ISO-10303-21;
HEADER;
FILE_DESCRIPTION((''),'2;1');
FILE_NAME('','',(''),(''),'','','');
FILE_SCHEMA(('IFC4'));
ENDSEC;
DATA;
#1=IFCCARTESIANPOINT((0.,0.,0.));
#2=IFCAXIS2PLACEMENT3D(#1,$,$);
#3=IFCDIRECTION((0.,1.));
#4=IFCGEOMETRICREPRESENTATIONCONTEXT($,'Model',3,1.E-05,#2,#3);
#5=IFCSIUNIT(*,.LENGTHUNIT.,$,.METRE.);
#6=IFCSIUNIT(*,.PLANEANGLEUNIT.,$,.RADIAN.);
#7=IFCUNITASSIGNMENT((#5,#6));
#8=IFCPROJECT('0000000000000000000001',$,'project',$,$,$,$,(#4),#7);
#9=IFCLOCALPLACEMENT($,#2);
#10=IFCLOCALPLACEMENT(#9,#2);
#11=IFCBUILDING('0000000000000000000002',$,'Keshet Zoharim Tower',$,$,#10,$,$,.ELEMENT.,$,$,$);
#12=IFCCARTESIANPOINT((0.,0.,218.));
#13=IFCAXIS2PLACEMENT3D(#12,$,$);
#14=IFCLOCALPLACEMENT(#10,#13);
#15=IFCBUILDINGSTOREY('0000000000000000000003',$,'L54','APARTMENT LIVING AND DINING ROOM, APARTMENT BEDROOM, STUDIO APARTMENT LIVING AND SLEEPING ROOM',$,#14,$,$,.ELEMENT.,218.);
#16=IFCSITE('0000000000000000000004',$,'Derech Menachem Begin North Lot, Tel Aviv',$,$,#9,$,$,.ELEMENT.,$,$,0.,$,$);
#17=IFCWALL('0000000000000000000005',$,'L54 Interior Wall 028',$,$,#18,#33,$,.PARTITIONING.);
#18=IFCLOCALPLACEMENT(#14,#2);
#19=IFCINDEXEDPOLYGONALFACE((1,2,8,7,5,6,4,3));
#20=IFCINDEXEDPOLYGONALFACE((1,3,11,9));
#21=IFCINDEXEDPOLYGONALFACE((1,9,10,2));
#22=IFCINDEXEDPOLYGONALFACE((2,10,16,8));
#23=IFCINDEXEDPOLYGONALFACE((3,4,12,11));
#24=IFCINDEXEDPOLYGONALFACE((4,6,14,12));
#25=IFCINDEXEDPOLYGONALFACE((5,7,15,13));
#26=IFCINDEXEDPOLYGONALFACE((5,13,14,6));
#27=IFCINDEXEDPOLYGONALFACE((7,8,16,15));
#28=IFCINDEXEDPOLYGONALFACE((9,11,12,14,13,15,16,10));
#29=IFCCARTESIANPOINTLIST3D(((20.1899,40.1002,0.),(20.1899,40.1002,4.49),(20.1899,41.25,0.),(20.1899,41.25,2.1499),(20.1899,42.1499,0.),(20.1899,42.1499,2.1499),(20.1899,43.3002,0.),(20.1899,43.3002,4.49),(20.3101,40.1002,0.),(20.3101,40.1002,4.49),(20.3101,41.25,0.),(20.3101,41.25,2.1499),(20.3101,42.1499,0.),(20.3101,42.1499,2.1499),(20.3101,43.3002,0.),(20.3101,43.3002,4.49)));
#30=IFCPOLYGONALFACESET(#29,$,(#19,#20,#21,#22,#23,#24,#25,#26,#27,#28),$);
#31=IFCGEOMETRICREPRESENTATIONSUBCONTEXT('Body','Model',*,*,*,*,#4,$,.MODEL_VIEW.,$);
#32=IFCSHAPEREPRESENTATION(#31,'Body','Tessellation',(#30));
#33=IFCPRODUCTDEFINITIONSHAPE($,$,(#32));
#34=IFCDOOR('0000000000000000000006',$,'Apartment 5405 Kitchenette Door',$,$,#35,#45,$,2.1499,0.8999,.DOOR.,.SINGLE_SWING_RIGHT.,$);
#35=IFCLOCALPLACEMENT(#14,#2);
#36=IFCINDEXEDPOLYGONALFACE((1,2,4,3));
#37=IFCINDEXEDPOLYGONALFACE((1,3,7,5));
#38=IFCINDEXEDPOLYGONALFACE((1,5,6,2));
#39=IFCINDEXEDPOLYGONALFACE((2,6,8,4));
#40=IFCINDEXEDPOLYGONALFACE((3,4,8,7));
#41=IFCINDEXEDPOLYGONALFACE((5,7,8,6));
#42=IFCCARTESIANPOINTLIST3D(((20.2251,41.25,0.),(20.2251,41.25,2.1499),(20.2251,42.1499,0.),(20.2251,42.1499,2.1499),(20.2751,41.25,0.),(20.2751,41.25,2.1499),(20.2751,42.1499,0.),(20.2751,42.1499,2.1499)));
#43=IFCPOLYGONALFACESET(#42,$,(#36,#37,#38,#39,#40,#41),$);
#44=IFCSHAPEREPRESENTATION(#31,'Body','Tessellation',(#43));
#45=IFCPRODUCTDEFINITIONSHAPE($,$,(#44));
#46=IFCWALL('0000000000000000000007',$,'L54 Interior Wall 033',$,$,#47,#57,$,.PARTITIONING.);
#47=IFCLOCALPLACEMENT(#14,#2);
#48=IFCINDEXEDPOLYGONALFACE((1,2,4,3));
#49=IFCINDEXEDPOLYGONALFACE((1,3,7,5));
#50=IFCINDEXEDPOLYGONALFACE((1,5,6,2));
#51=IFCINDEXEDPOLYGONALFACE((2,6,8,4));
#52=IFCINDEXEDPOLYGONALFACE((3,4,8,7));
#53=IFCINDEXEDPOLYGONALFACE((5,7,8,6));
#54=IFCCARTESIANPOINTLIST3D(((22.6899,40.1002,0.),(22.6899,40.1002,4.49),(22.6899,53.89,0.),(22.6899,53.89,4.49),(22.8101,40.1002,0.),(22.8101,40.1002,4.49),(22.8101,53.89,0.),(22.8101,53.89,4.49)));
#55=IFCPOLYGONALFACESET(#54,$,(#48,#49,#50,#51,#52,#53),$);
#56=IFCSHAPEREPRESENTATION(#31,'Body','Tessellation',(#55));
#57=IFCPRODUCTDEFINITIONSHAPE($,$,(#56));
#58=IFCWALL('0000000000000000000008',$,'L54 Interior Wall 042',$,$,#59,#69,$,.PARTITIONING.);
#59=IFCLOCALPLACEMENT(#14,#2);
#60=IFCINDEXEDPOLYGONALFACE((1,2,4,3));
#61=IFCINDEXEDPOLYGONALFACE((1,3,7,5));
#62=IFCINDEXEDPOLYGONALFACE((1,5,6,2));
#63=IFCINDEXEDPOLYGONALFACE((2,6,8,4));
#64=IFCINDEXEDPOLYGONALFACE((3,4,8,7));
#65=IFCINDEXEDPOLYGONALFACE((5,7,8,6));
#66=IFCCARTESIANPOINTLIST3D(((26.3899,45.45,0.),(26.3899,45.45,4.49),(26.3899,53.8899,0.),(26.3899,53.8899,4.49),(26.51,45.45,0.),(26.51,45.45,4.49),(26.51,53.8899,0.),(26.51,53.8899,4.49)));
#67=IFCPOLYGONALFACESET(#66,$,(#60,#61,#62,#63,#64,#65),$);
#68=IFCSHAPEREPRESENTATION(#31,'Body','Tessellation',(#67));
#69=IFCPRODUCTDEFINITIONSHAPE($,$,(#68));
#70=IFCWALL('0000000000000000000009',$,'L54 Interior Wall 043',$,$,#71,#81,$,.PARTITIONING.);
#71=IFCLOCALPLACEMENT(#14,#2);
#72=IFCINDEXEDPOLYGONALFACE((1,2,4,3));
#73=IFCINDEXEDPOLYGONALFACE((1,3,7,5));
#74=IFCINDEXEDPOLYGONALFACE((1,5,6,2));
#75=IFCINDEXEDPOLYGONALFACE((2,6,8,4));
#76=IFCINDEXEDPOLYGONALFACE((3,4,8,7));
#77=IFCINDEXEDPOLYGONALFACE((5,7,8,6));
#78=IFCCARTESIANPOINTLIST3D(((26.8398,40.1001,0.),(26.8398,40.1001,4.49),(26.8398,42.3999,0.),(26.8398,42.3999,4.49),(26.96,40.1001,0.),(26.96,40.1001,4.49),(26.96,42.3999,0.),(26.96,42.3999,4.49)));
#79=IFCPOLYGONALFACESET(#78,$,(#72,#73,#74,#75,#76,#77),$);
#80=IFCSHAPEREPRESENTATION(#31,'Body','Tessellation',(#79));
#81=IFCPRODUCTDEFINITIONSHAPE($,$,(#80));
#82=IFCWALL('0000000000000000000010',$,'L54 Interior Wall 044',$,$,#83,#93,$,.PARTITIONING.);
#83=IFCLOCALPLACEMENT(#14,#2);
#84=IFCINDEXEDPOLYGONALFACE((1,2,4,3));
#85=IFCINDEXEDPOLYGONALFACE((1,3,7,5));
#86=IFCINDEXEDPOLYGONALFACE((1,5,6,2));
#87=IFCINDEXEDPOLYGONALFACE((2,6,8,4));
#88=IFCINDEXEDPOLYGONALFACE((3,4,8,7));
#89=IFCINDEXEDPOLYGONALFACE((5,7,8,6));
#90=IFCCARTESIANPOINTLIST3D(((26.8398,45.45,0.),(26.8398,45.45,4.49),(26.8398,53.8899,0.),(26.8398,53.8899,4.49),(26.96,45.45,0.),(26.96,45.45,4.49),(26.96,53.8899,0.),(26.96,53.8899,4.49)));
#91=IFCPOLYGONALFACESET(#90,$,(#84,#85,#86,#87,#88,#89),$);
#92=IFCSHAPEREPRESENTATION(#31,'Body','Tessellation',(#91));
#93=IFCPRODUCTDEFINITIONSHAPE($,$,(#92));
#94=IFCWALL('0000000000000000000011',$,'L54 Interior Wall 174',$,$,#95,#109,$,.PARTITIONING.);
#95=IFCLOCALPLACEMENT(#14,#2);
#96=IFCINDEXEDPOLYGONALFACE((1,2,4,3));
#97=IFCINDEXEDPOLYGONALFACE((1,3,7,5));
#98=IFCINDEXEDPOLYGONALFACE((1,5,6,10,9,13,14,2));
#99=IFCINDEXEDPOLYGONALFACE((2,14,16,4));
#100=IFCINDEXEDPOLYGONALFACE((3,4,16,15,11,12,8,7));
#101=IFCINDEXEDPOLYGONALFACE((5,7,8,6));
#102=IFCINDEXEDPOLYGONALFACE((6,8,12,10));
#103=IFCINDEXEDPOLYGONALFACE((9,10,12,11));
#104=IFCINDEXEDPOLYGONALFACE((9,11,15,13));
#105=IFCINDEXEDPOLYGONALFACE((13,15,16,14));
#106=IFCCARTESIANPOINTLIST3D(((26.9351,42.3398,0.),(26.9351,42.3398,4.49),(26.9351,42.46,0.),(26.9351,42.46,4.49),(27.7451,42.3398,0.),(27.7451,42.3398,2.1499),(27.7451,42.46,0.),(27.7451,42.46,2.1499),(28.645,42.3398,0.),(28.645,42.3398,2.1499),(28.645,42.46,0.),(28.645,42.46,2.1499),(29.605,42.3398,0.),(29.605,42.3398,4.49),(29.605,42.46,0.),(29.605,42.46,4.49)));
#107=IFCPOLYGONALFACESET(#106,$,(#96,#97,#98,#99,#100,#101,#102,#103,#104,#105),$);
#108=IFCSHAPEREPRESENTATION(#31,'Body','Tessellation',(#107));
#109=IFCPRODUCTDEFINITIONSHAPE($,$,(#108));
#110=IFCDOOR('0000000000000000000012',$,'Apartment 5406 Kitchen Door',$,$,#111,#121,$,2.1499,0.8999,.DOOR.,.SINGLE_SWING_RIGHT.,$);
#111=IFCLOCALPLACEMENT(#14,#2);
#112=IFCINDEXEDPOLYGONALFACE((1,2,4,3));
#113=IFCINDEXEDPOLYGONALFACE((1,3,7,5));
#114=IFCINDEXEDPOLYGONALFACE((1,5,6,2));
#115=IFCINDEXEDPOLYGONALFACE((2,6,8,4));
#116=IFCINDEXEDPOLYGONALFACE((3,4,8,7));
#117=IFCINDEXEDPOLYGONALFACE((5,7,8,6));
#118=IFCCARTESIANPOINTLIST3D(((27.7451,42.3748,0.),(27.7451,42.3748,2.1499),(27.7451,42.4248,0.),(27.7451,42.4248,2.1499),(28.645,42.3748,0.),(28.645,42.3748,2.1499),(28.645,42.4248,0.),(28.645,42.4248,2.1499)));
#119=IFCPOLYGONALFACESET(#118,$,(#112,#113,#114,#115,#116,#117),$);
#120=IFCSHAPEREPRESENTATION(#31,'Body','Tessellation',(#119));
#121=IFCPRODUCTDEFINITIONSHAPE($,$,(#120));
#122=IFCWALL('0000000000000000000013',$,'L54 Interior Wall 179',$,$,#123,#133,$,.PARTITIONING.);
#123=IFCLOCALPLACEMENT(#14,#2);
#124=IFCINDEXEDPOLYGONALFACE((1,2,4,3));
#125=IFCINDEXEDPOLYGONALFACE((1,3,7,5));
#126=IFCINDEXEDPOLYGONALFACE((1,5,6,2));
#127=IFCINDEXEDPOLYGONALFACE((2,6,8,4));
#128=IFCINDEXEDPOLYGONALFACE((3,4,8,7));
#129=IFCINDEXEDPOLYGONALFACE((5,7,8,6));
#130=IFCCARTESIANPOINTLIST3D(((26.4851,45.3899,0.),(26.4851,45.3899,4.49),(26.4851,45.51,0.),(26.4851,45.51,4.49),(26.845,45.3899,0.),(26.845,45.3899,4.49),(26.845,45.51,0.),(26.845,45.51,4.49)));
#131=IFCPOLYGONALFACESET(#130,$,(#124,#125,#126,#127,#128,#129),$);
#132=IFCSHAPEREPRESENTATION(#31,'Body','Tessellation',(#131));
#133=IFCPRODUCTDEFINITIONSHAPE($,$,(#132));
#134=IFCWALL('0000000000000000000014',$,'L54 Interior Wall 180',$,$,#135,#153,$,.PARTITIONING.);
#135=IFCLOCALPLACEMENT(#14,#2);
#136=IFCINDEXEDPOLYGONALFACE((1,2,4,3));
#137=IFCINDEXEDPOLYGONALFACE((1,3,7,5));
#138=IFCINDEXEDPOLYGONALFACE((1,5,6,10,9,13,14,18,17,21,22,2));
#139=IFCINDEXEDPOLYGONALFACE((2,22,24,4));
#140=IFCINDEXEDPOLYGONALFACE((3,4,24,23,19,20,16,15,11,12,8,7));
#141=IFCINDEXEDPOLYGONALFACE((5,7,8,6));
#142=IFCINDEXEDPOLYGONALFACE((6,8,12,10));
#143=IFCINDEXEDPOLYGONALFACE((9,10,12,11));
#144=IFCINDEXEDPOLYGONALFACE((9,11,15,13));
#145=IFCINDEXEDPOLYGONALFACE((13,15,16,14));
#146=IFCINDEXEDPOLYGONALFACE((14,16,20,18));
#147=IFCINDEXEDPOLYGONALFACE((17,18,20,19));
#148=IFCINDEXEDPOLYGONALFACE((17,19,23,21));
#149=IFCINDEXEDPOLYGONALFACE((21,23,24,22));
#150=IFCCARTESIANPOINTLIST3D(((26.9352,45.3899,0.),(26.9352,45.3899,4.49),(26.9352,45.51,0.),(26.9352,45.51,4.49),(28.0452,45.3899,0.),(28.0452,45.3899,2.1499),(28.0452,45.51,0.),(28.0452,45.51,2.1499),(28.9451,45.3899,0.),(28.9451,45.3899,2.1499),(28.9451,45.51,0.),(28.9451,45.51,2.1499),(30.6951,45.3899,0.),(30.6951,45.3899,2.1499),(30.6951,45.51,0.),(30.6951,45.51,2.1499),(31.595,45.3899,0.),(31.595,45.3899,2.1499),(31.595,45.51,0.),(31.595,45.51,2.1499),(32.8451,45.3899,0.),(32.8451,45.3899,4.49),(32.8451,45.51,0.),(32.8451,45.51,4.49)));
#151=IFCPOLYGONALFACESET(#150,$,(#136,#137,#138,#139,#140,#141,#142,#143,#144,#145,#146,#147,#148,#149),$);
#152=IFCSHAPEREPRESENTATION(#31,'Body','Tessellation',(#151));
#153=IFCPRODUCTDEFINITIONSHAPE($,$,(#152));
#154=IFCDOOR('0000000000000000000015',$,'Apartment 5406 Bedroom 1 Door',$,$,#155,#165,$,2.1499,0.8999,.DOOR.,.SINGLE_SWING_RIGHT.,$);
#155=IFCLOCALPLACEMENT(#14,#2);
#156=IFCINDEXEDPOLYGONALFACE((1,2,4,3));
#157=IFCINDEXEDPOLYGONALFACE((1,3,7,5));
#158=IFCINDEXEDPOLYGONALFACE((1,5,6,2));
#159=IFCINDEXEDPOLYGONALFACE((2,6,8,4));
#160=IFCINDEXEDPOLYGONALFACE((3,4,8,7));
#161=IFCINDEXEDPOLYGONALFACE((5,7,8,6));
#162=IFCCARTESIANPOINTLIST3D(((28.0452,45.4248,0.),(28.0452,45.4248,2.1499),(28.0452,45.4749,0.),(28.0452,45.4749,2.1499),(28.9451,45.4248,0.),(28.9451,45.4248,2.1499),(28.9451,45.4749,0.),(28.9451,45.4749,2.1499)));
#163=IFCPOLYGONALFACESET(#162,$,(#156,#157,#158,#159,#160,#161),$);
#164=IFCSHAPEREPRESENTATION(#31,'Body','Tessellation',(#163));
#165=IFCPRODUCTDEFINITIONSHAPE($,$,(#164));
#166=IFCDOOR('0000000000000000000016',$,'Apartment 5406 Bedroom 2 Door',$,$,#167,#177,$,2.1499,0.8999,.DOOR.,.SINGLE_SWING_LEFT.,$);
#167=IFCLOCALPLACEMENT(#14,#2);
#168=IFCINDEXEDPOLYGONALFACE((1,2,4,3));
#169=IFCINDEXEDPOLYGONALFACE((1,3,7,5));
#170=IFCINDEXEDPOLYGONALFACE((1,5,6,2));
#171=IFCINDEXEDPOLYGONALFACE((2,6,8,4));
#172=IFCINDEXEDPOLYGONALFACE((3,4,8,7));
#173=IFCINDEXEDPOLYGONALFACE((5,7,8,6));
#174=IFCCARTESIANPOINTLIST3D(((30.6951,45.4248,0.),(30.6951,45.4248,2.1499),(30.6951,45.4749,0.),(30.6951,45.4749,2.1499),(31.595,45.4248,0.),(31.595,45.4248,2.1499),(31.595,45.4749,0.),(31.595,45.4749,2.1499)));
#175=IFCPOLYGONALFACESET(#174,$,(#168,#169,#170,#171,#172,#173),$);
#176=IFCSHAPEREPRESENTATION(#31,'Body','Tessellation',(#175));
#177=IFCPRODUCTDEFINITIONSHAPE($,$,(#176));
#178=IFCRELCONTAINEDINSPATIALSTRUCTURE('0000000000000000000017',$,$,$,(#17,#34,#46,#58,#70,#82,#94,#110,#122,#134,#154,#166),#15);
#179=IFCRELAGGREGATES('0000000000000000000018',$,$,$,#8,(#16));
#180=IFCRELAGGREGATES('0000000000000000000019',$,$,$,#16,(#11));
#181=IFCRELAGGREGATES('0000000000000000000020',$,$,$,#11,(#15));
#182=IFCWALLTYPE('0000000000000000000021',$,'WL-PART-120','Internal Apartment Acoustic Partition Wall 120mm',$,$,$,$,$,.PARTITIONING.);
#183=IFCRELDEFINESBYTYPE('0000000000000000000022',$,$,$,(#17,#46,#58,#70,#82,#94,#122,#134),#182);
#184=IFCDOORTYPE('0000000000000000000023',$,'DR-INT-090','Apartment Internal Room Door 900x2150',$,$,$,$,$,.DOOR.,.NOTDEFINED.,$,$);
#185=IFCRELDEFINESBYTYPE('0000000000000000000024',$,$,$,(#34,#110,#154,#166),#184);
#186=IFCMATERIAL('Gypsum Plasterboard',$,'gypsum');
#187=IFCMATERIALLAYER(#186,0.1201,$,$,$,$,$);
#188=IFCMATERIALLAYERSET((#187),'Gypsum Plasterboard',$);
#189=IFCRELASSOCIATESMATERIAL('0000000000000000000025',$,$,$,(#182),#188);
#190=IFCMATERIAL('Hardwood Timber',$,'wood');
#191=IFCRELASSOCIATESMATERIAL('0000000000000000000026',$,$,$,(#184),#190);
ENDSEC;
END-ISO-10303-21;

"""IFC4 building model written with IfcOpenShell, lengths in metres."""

from ifc_helpers import new_model, si_unit, direction, frame, frame_2d, origin, place, context, subcontext, project, spatial, rectangle, extrude, material, layer, layer_set, type_object, element, fill, save


model = new_model("IFC4")

# Units and contexts
model_context = context("Model", 3, precision=1e-05, world=origin(), true_north=direction((0.0, 1.0)))
body_context = subcontext(model_context, "Body", "Model", "MODEL_VIEW")
ifc_project = project(units=[si_unit("LENGTHUNIT", "METRE"), si_unit("PLANEANGLEUNIT", "RADIAN")], contexts=[model_context])

# Site, building, storey
site_placement = place(None, origin())
site = spatial("IfcSite", under=ifc_project, at=site_placement, Name="Derech Menachem Begin North Lot, Tel Aviv", CompositionType="ELEMENT", RefElevation=0.0)
building_placement = place(site_placement, origin())
building = spatial("IfcBuilding", under=site, at=building_placement, Name="Keshet Zoharim Tower", CompositionType="ELEMENT")
storey_placement = place(building_placement, frame((0.0, 0.0, 218.0)))
storey = spatial("IfcBuildingStorey", under=building, at=storey_placement, Name="L54", Description="APARTMENT LIVING AND DINING ROOM, APARTMENT BEDROOM, STUDIO APARTMENT LIVING AND SLEEPING ROOM", CompositionType="ELEMENT", Elevation=218.0)

# Shared definitions
ifc_material_1 = material(Name="Gypsum Plasterboard", Category="gypsum")

# Shared definitions
ifc_material_2 = material(Name="Hardwood Timber", Category="wood")

# Wall, opening, door
ifc_layer_1 = layer(ifc_material_1, 0.1201)
ifc_layer_set_1 = layer_set([ifc_layer_1], Name="Gypsum Plasterboard")
wall_type_1 = type_object("IfcWallType", Name="WL-PART-120", Description="Internal Apartment Acoustic Partition Wall 120mm", PredefinedType="PARTITIONING", material=ifc_layer_set_1)
wall_1_placement = place(storey_placement, frame((20.25, 40.1001, 0.0), z_axis=(0.0, 0.0, 1.0), x_axis=(0.0, 1.0, 0.0)))
wall_1 = element("IfcWall", 1, at=wall_1_placement, inside=storey, type_object=wall_type_1, Name="L54 Interior Wall 028", PredefinedType="PARTITIONING", context=body_context, shape_type="SweptSolid", body=[
    extrude(rectangle(XDim=3.2, YDim=0.1201, at=frame_2d((1.6001, 0.0))), origin(), (0.0, 0.0, 1.0), 4.49),
])
opening_1_placement = place(wall_1_placement, frame((1.1499, 0.0, 0.0)))
opening_1 = element("IfcOpeningElement", 2, at=opening_1_placement, cuts=wall_1, PredefinedType="OPENING", context=body_context, shape_type="SweptSolid", body=[
    extrude(rectangle(XDim=0.8999, YDim=2.1499, at=frame_2d((0.45, 1.075))), frame((0.0, 0.0701, 0.0), z_axis=(0.0, -1.0, 0.0), x_axis=(1.0, 0.0, 0.0)), (0.0, 0.0, 1.0), 0.1401),
])
door_type_1 = type_object("IfcDoorType", Name="DR-INT-090", Description="Apartment Internal Room Door 900x2150", OperationType="NOTDEFINED", PredefinedType="DOOR", material=ifc_material_2)
door_1_placement = place(opening_1_placement, origin())
door_1 = element("IfcDoor", 3, at=door_1_placement, inside=storey, type_object=door_type_1, Name="Apartment 5405 Kitchenette Door", OperationType="SINGLE_SWING_RIGHT", OverallHeight=2.1499, OverallWidth=0.8999, PredefinedType="DOOR", context=body_context, shape_type="SweptSolid", body=[
    extrude(rectangle(XDim=0.8999, YDim=2.1499, at=frame_2d((0.45, 1.075))), frame((0.0, 0.0249, 0.0), z_axis=(0.0, -1.0, 0.0), x_axis=(1.0, 0.0, 0.0)), (0.0, 0.0, 1.0), 0.05),
])
fill(opening_1, door_1)

# Walls
wall_2_placement = place(storey_placement, frame((22.75, 40.1001, 0.0), z_axis=(0.0, 0.0, 1.0), x_axis=(0.0, 1.0, 0.0)))
element("IfcWall", 4, at=wall_2_placement, inside=storey, type_object=wall_type_1, Name="L54 Interior Wall 033", PredefinedType="PARTITIONING", context=body_context, shape_type="SweptSolid", body=[
    extrude(rectangle(XDim=13.7898, YDim=0.1201, at=frame_2d((6.895, 0.0))), origin(), (0.0, 0.0, 1.0), 4.49),
])
wall_3_placement = place(storey_placement, frame((26.45, 45.45, 0.0), z_axis=(0.0, 0.0, 1.0), x_axis=(0.0, 1.0, 0.0)))
element("IfcWall", 5, at=wall_3_placement, inside=storey, type_object=wall_type_1, Name="L54 Interior Wall 042", PredefinedType="PARTITIONING", context=body_context, shape_type="SweptSolid", body=[
    extrude(rectangle(XDim=8.4399, YDim=0.1201, at=frame_2d((4.22, 0.0))), origin(), (0.0, 0.0, 1.0), 4.49),
])
wall_4_placement = place(storey_placement, frame((26.8999, 40.1001, 0.0), z_axis=(0.0, 0.0, 1.0), x_axis=(0.0, 1.0, 0.0)))
element("IfcWall", 6, at=wall_4_placement, inside=storey, type_object=wall_type_1, Name="L54 Interior Wall 043", PredefinedType="PARTITIONING", context=body_context, shape_type="SweptSolid", body=[
    extrude(rectangle(XDim=2.2998, YDim=0.1201, at=frame_2d((1.1499, 0.0))), origin(), (0.0, 0.0, 1.0), 4.49),
])
wall_5_placement = place(storey_placement, frame((26.8999, 45.45, 0.0), z_axis=(0.0, 0.0, 1.0), x_axis=(0.0, 1.0, 0.0)))
element("IfcWall", 7, at=wall_5_placement, inside=storey, type_object=wall_type_1, Name="L54 Interior Wall 044", PredefinedType="PARTITIONING", context=body_context, shape_type="SweptSolid", body=[
    extrude(rectangle(XDim=8.4399, YDim=0.1201, at=frame_2d((4.22, 0.0))), origin(), (0.0, 0.0, 1.0), 4.49),
])

# Wall, opening, door
wall_6_placement = place(storey_placement, frame((26.9351, 42.3999, 0.0), z_axis=(0.0, 0.0, 1.0), x_axis=(1.0, 0.0, 0.0)))
wall_6 = element("IfcWall", 8, at=wall_6_placement, inside=storey, type_object=wall_type_1, Name="L54 Interior Wall 174", PredefinedType="PARTITIONING", context=body_context, shape_type="SweptSolid", body=[
    extrude(rectangle(XDim=2.6699, YDim=0.1201, at=frame_2d((1.335, 0.0))), origin(), (0.0, 0.0, 1.0), 4.49),
])
opening_2_placement = place(wall_6_placement, frame((0.8101, 0.0, 0.0)))
opening_2 = element("IfcOpeningElement", 9, at=opening_2_placement, cuts=wall_6, PredefinedType="OPENING", context=body_context, shape_type="SweptSolid", body=[
    extrude(rectangle(XDim=0.8999, YDim=2.1499, at=frame_2d((0.45, 1.075))), frame((0.0, 0.0701, 0.0), z_axis=(0.0, -1.0, 0.0), x_axis=(1.0, 0.0, 0.0)), (0.0, 0.0, 1.0), 0.1401),
])
door_2_placement = place(opening_2_placement, origin())
door_2 = element("IfcDoor", 10, at=door_2_placement, inside=storey, type_object=door_type_1, Name="Apartment 5406 Kitchen Door", OperationType="SINGLE_SWING_RIGHT", OverallHeight=2.1499, OverallWidth=0.8999, PredefinedType="DOOR", context=body_context, shape_type="SweptSolid", body=[
    extrude(rectangle(XDim=0.8999, YDim=2.1499, at=frame_2d((0.45, 1.075))), frame((0.0, 0.0249, 0.0), z_axis=(0.0, -1.0, 0.0), x_axis=(1.0, 0.0, 0.0)), (0.0, 0.0, 1.0), 0.05),
])
fill(opening_2, door_2)

# Wall
wall_7_placement = place(storey_placement, frame((26.4851, 45.45, 0.0), z_axis=(0.0, 0.0, 1.0), x_axis=(1.0, 0.0, 0.0)))
element("IfcWall", 11, at=wall_7_placement, inside=storey, type_object=wall_type_1, Name="L54 Interior Wall 179", PredefinedType="PARTITIONING", context=body_context, shape_type="SweptSolid", body=[
    extrude(rectangle(XDim=0.3599, YDim=0.1201, at=frame_2d((0.1799, 0.0))), origin(), (0.0, 0.0, 1.0), 4.49),
])

# Wall, openings, doors
wall_8_placement = place(storey_placement, frame((26.9351, 45.45, 0.0), z_axis=(0.0, 0.0, 1.0), x_axis=(1.0, 0.0, 0.0)))
wall_8 = element("IfcWall", 12, at=wall_8_placement, inside=storey, type_object=wall_type_1, Name="L54 Interior Wall 180", PredefinedType="PARTITIONING", context=body_context, shape_type="SweptSolid", body=[
    extrude(rectangle(XDim=5.9099, YDim=0.1201, at=frame_2d((2.9551, 0.0))), origin(), (0.0, 0.0, 1.0), 4.49),
])
opening_3_placement = place(wall_8_placement, frame((1.1101, 0.0, 0.0)))
opening_3 = element("IfcOpeningElement", 13, at=opening_3_placement, cuts=wall_8, PredefinedType="OPENING", context=body_context, shape_type="SweptSolid", body=[
    extrude(rectangle(XDim=0.8999, YDim=2.1499, at=frame_2d((0.45, 1.075))), frame((0.0, 0.0701, 0.0), z_axis=(0.0, -1.0, 0.0), x_axis=(1.0, 0.0, 0.0)), (0.0, 0.0, 1.0), 0.1401),
])
opening_4_placement = place(wall_8_placement, frame((3.76, 0.0, 0.0)))
opening_4 = element("IfcOpeningElement", 14, at=opening_4_placement, cuts=wall_8, PredefinedType="OPENING", context=body_context, shape_type="SweptSolid", body=[
    extrude(rectangle(XDim=0.8999, YDim=2.1499, at=frame_2d((0.45, 1.075))), frame((0.0, 0.0701, 0.0), z_axis=(0.0, -1.0, 0.0), x_axis=(1.0, 0.0, 0.0)), (0.0, 0.0, 1.0), 0.1401),
])
door_3_placement = place(opening_3_placement, origin())
door_3 = element("IfcDoor", 15, at=door_3_placement, inside=storey, type_object=door_type_1, Name="Apartment 5406 Bedroom 1 Door", OperationType="SINGLE_SWING_RIGHT", OverallHeight=2.1499, OverallWidth=0.8999, PredefinedType="DOOR", context=body_context, shape_type="SweptSolid", body=[
    extrude(rectangle(XDim=0.8999, YDim=2.1499, at=frame_2d((0.45, 1.075))), frame((0.0, 0.0249, 0.0), z_axis=(0.0, -1.0, 0.0), x_axis=(1.0, 0.0, 0.0)), (0.0, 0.0, 1.0), 0.05),
])
fill(opening_3, door_3)
door_4_placement = place(opening_4_placement, origin())
door_4 = element("IfcDoor", 16, at=door_4_placement, inside=storey, type_object=door_type_1, Name="Apartment 5406 Bedroom 2 Door", OperationType="SINGLE_SWING_LEFT", OverallHeight=2.1499, OverallWidth=0.8999, PredefinedType="DOOR", context=body_context, shape_type="SweptSolid", body=[
    extrude(rectangle(XDim=0.8999, YDim=2.1499, at=frame_2d((0.45, 1.075))), frame((0.0, 0.0249, 0.0), z_axis=(0.0, -1.0, 0.0), x_axis=(1.0, 0.0, 0.0)), (0.0, 0.0, 1.0), 0.05),
])
fill(opening_4, door_4)

save(model, "model.ifc")
